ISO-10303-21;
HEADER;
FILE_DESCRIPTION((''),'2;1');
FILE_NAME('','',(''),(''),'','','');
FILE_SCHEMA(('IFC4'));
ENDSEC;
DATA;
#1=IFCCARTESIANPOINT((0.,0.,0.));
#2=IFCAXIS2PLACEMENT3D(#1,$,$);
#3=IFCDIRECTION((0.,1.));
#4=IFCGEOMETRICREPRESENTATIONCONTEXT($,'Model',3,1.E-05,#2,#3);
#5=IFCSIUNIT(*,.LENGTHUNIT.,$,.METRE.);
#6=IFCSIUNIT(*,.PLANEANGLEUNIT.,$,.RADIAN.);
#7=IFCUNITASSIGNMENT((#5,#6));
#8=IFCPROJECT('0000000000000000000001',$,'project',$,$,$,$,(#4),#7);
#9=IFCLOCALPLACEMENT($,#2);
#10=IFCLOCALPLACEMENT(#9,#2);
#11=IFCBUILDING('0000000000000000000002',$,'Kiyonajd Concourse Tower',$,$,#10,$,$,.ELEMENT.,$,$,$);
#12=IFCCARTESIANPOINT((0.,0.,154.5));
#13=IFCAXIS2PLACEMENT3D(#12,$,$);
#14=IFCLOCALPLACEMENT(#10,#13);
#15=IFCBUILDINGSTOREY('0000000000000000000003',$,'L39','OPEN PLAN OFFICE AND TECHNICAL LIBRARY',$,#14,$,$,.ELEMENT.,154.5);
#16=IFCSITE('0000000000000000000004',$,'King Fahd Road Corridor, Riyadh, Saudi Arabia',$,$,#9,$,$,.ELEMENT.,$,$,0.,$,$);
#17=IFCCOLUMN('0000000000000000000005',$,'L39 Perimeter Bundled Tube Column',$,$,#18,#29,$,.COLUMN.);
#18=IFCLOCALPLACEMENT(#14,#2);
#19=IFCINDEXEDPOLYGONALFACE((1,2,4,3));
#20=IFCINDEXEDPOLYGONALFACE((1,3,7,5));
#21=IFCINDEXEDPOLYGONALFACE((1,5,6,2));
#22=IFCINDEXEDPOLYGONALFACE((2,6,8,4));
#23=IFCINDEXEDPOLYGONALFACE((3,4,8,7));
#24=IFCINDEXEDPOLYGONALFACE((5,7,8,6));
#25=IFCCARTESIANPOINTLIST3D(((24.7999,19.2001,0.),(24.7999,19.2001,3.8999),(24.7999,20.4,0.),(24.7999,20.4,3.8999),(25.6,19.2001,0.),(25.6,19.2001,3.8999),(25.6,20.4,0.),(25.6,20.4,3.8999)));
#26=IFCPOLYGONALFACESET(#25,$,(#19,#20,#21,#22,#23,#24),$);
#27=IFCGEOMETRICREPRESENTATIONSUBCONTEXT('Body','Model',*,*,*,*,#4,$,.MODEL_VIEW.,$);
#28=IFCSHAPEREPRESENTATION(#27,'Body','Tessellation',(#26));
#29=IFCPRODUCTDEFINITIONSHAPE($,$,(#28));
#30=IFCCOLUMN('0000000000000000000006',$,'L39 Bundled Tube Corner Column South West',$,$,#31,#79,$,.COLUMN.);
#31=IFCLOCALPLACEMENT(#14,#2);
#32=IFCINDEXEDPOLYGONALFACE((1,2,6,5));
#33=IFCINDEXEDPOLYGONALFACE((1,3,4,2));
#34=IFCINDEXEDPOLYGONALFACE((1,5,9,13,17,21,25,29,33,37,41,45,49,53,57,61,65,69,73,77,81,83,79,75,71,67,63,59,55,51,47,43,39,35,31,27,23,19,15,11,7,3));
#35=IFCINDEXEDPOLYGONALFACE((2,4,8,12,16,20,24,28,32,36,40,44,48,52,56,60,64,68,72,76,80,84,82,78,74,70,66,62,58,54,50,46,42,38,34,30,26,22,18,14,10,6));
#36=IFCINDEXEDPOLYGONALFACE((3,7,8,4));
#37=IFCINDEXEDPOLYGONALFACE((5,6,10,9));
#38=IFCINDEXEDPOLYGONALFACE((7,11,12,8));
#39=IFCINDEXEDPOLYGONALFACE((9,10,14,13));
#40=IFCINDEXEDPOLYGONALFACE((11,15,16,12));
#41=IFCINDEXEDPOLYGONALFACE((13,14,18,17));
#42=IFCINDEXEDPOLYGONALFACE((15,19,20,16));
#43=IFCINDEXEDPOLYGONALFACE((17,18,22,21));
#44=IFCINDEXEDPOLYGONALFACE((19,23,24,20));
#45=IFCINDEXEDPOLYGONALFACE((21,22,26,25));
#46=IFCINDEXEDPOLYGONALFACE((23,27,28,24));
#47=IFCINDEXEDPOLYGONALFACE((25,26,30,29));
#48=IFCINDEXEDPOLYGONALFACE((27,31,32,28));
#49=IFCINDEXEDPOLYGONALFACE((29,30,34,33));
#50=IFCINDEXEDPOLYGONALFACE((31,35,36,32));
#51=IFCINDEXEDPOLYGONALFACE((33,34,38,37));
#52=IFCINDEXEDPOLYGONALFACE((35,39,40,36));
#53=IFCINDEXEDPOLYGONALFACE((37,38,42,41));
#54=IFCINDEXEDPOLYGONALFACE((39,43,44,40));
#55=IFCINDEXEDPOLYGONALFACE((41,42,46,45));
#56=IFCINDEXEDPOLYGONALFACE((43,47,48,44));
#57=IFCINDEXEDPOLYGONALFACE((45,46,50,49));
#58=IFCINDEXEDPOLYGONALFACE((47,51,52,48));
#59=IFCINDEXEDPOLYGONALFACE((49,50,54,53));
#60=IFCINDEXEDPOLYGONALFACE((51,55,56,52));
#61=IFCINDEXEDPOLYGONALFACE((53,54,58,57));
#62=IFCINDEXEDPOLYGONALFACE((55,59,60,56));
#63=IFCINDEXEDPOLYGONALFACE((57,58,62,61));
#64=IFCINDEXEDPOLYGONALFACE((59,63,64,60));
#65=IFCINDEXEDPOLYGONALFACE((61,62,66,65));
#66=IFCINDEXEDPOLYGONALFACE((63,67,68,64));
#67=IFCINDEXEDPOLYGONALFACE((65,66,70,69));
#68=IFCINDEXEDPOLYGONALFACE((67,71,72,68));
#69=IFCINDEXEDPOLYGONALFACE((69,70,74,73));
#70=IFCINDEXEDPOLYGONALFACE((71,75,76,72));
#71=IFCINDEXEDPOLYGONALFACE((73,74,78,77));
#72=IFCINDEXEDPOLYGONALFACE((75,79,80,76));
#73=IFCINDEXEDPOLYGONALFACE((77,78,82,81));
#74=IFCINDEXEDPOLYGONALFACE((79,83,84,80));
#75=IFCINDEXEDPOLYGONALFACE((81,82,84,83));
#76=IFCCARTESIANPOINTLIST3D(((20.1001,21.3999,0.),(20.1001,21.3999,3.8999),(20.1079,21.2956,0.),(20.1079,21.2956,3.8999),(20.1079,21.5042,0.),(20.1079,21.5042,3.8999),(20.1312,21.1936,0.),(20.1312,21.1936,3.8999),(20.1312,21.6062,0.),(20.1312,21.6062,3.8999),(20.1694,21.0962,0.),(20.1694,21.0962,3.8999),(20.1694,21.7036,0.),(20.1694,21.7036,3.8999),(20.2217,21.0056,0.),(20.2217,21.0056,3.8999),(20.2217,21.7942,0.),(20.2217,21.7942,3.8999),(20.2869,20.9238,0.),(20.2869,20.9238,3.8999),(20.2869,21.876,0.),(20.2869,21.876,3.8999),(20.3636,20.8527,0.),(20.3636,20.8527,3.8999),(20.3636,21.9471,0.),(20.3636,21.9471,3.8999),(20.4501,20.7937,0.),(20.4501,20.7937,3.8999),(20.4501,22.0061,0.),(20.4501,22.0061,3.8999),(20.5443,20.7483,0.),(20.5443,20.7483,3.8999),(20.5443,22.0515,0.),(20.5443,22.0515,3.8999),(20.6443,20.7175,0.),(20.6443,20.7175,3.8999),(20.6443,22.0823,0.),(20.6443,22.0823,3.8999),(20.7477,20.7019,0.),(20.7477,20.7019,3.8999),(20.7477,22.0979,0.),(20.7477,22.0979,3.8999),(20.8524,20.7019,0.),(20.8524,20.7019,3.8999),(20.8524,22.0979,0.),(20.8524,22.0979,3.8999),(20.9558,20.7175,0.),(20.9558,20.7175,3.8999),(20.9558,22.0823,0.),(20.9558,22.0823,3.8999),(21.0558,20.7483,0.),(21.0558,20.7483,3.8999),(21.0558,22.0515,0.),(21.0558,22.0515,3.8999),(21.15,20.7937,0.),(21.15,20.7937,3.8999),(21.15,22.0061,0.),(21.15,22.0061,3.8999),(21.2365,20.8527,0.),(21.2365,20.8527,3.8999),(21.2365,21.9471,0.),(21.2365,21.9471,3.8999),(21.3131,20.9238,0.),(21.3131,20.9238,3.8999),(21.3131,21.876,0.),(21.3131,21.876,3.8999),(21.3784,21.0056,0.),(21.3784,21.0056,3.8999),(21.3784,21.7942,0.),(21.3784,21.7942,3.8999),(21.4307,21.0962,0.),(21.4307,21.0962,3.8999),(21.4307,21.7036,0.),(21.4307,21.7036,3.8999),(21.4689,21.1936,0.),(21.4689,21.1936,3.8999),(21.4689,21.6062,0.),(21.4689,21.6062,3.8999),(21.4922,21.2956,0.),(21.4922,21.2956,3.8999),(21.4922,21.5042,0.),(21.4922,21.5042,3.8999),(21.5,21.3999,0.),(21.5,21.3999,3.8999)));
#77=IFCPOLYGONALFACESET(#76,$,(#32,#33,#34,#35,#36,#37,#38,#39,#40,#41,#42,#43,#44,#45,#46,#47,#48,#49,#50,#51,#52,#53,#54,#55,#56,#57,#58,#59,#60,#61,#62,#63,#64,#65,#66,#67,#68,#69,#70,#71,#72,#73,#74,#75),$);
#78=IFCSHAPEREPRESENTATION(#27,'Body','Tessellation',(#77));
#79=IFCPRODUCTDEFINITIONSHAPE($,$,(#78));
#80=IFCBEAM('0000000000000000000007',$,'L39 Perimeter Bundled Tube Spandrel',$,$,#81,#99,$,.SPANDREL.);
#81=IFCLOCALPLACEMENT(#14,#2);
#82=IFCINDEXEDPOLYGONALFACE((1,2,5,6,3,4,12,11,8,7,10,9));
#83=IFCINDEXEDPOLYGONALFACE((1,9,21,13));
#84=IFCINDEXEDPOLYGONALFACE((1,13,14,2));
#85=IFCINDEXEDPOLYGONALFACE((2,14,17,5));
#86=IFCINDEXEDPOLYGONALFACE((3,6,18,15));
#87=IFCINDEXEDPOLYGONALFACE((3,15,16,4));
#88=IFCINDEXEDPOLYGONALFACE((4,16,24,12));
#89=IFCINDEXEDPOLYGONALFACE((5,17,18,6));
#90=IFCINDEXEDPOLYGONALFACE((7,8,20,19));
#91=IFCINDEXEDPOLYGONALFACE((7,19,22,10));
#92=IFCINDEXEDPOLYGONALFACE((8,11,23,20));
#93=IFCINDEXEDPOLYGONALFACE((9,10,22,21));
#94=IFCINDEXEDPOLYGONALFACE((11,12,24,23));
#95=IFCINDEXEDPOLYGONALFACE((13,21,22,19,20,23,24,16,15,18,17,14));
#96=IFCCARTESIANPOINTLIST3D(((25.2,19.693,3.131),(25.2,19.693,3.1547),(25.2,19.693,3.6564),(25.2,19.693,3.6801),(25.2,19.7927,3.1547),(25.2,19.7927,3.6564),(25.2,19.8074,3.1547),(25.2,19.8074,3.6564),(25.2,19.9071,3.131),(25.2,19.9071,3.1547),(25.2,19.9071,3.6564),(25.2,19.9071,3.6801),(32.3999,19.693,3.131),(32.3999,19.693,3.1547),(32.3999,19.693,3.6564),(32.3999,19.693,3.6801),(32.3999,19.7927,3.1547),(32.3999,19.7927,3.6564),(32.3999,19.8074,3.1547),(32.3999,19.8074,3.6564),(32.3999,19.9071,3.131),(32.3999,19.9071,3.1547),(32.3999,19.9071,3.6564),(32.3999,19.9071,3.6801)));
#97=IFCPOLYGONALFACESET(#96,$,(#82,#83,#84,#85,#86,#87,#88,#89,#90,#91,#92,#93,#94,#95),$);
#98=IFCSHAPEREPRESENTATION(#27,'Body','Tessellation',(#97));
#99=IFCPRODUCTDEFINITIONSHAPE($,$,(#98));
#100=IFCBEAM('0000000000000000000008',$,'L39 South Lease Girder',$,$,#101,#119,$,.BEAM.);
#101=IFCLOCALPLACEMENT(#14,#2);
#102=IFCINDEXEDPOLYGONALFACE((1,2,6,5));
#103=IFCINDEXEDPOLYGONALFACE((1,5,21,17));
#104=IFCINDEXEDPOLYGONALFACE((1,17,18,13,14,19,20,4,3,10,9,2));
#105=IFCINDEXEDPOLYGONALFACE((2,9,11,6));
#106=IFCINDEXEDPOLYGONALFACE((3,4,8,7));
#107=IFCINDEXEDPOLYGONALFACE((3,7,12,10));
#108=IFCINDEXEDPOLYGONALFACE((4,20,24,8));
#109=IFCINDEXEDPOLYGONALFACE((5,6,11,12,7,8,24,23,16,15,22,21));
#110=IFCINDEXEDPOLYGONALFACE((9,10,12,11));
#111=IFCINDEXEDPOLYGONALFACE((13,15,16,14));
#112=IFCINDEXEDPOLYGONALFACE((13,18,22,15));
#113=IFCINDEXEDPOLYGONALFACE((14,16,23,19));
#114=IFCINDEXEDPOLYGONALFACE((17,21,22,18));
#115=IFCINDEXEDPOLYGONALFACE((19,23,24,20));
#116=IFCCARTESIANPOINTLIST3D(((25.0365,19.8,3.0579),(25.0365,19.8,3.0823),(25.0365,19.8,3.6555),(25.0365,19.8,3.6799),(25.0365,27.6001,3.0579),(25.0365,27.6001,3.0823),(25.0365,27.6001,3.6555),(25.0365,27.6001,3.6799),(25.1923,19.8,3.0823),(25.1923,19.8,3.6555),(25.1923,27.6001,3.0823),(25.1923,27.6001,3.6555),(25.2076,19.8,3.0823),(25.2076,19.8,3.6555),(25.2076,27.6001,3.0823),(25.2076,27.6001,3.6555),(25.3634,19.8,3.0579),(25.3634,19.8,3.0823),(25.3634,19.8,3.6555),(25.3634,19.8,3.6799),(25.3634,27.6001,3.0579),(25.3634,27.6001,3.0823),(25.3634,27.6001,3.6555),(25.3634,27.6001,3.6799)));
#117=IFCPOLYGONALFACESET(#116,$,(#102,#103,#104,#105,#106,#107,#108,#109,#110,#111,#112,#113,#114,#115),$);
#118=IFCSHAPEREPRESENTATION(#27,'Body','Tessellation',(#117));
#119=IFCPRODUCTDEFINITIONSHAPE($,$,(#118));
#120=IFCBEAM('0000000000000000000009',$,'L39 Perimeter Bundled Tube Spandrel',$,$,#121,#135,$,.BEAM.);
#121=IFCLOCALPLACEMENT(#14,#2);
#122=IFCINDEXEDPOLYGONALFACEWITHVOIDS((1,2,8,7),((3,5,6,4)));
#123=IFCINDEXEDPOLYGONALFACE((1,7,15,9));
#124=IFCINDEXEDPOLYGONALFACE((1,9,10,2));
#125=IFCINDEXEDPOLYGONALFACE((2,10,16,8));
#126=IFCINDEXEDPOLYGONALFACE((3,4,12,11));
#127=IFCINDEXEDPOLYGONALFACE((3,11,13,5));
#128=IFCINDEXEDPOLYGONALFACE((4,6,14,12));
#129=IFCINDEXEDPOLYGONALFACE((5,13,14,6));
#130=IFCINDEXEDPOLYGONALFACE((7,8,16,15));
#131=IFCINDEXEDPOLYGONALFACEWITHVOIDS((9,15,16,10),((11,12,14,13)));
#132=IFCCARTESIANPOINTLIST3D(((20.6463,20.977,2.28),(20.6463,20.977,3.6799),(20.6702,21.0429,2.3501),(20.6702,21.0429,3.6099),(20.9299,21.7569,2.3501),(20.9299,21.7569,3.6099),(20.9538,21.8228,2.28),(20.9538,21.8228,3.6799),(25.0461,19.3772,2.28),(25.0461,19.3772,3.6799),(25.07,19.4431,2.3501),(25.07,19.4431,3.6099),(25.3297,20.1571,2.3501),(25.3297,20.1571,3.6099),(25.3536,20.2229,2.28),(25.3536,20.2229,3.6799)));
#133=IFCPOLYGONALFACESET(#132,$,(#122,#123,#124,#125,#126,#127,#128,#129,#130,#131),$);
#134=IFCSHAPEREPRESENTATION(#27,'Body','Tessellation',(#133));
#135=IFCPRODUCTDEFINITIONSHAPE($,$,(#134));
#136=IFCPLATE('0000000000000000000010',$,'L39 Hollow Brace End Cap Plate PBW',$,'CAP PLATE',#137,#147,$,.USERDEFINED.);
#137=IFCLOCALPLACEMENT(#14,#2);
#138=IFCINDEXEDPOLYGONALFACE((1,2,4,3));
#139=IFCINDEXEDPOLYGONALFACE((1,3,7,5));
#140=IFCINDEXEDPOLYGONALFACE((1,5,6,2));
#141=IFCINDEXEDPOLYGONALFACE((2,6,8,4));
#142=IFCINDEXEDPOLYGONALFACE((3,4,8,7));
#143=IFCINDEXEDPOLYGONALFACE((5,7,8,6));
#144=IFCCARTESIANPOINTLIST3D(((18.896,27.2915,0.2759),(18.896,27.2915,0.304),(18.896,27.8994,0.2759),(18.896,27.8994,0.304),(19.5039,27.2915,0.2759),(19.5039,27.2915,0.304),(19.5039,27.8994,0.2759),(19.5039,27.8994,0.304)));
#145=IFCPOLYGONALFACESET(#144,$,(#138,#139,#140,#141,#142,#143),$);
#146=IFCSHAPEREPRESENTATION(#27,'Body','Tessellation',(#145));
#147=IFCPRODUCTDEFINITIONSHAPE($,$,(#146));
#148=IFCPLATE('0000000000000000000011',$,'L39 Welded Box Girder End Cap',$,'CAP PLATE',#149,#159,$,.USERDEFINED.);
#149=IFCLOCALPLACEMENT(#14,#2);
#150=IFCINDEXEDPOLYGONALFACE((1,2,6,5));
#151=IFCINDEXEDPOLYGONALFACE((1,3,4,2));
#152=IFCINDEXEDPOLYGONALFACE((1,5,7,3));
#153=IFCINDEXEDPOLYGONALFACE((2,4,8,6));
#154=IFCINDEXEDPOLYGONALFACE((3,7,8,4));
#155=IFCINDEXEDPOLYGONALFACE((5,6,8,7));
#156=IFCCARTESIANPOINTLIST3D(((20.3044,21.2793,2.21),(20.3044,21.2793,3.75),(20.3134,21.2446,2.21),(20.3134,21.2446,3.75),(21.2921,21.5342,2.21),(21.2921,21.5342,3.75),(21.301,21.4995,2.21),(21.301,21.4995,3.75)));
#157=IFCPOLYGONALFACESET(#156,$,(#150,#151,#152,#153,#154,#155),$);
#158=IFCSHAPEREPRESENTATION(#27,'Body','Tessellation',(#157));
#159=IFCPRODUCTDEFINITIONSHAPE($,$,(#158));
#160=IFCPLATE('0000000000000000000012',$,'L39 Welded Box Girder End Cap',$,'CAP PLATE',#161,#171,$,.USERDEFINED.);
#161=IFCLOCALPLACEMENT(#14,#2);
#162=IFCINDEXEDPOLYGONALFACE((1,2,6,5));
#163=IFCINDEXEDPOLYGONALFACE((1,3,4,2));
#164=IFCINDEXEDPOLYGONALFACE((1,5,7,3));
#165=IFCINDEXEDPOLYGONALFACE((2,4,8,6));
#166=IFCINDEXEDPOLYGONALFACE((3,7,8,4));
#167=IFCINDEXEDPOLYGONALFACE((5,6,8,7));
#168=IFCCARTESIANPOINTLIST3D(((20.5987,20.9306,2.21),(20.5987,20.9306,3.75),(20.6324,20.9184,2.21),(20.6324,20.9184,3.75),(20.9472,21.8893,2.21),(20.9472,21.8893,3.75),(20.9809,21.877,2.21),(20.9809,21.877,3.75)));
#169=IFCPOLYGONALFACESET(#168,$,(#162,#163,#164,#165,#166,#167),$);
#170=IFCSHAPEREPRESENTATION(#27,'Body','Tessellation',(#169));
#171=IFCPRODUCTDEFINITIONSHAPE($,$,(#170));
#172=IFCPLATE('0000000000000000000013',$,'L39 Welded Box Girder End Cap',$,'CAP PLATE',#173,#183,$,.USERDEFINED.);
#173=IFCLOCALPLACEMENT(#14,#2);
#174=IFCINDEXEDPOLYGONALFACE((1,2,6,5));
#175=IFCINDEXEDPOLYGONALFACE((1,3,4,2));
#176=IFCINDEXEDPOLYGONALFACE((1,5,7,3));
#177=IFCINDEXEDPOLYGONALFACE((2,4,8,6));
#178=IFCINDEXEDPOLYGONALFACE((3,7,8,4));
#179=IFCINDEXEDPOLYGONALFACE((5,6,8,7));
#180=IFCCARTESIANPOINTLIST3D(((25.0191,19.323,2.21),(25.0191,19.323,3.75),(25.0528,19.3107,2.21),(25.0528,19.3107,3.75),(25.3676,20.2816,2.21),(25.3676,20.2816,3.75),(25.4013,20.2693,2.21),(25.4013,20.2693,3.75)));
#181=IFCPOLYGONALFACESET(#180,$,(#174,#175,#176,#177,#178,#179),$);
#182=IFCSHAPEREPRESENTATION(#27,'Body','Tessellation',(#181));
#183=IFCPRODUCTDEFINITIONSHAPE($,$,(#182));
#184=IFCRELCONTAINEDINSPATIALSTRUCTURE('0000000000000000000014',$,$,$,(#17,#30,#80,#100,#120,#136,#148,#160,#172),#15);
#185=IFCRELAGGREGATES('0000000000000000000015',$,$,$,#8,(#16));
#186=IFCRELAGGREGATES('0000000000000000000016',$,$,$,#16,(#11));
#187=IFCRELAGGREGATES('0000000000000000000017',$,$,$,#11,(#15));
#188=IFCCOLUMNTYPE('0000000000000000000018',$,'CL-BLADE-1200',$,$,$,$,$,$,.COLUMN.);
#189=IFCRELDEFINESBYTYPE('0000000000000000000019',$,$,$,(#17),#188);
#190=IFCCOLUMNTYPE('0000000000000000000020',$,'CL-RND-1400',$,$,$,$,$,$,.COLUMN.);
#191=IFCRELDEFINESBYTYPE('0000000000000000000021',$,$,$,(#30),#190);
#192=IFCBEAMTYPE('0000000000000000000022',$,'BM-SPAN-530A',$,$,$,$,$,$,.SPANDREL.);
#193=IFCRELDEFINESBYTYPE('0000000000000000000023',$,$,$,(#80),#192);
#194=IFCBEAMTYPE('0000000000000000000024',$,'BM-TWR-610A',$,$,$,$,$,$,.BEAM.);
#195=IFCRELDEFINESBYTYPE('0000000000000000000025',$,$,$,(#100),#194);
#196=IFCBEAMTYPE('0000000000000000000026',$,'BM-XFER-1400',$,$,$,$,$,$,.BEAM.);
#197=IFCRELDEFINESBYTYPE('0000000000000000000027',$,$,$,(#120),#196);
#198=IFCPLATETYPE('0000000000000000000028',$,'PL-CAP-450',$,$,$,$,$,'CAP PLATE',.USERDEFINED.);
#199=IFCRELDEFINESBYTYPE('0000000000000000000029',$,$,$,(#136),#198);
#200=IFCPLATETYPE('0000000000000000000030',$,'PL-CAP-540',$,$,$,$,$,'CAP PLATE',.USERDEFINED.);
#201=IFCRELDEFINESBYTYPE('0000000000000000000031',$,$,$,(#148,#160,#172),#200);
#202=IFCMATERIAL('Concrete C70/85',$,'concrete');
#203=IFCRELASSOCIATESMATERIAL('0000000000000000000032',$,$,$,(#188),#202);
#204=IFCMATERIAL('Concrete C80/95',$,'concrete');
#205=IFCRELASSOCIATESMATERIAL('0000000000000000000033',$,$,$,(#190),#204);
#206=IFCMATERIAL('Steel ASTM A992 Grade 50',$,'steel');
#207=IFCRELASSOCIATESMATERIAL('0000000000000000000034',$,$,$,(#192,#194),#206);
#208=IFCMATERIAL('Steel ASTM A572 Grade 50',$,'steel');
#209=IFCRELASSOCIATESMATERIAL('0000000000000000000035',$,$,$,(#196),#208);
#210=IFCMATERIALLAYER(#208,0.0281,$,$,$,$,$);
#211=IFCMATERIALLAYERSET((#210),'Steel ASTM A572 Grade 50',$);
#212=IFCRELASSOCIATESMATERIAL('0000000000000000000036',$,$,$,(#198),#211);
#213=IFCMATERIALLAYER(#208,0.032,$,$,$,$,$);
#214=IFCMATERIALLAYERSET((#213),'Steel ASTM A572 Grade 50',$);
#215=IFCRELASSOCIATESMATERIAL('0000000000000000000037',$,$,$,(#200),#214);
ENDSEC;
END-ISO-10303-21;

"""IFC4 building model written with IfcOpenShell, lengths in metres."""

from ifc_helpers import new_model, si_unit, direction, frame, origin, origin_2d, place, context, subcontext, project, spatial, rectangle, hollow_rectangle, circle, i_section, extrude, material, layer, layer_set, material_profile, profile_set, type_object, element, save


model = new_model("IFC4")

# Units and contexts
model_context = context("Model", 3, precision=1e-05, world=origin(), true_north=direction((0.0, 1.0)))
body_context = subcontext(model_context, "Body", "Model", "MODEL_VIEW")
ifc_project = project(units=[si_unit("LENGTHUNIT", "METRE"), si_unit("PLANEANGLEUNIT", "RADIAN")], contexts=[model_context])

# Site, building, storey
site_placement = place(None, origin())
site = spatial("IfcSite", under=ifc_project, at=site_placement, Name="King Fahd Road Corridor, Riyadh, Saudi Arabia", CompositionType="ELEMENT", RefElevation=0.0)
building_placement = place(site_placement, origin())
building = spatial("IfcBuilding", under=site, at=building_placement, Name="Kiyonajd Concourse Tower", CompositionType="ELEMENT")
storey_placement = place(building_placement, frame((0.0, 0.0, 154.5)))
storey = spatial("IfcBuildingStorey", under=building, at=storey_placement, Name="L39", Description="OPEN PLAN OFFICE AND TECHNICAL LIBRARY", CompositionType="ELEMENT", Elevation=154.5)

# Columns
ifc_material_1 = material(Name="Concrete C70/85", Category="concrete")
ifc_material_profile_1 = material_profile(ifc_material_1, rectangle(XDim=0.8, YDim=1.2, at=origin_2d()), Name="RC-1200x800")
ifc_profile_set_1 = profile_set([ifc_material_profile_1], Name="Concrete C70/85")
column_type_1 = type_object("IfcColumnType", Name="CL-BLADE-1200", PredefinedType="COLUMN", material=ifc_profile_set_1)
column_1_placement = place(storey_placement, frame((25.2, 19.8, 0.0), z_axis=(0.0, 0.0, 1.0), x_axis=(1.0, 0.0, 0.0)))
element("IfcColumn", 1, at=column_1_placement, inside=storey, type_object=column_type_1, Name="L39 Perimeter Bundled Tube Column", PredefinedType="COLUMN", context=body_context, shape_type="SweptSolid", body=[
    extrude(rectangle(XDim=0.8, YDim=1.2, at=origin_2d()), origin(), (0.0, 0.0, 1.0), 3.8999),
])
ifc_material_2 = material(Name="Concrete C80/95", Category="concrete")
ifc_material_profile_2 = material_profile(ifc_material_2, circle(Radius=0.7, at=origin_2d()), Name="RCC-D1400")
ifc_profile_set_2 = profile_set([ifc_material_profile_2], Name="Concrete C80/95")
column_type_2 = type_object("IfcColumnType", Name="CL-RND-1400", PredefinedType="COLUMN", material=ifc_profile_set_2)
column_2_placement = place(storey_placement, frame((20.8, 21.3999, 0.0), z_axis=(0.0, 0.0, 1.0), x_axis=(1.0, 0.0, 0.0)))
element("IfcColumn", 2, at=column_2_placement, inside=storey, type_object=column_type_2, Name="L39 Bundled Tube Corner Column South West", PredefinedType="COLUMN", context=body_context, shape_type="SweptSolid", body=[
    extrude(circle(Radius=0.7, at=origin_2d()), origin(), (0.0, 0.0, 1.0), 3.8999),
])

# Beams
ifc_material_3 = material(Name="Steel ASTM A992 Grade 50", Category="steel")
ifc_material_profile_3 = material_profile(ifc_material_3, i_section(OverallWidth=0.2141, OverallDepth=0.5491, WebThickness=0.0146, FlangeThickness=0.0237, at=origin_2d()), Name="W530X138")
ifc_profile_set_3 = profile_set([ifc_material_profile_3], Name="Steel ASTM A992 Grade 50")
beam_type_1 = type_object("IfcBeamType", Name="BM-SPAN-530A", PredefinedType="SPANDREL", material=ifc_profile_set_3)
beam_1_placement = place(storey_placement, frame((25.2, 19.8, 3.4055), z_axis=(1.0, 0.0, 0.0), x_axis=(0.0, 1.0, 0.0)))
element("IfcBeam", 3, at=beam_1_placement, inside=storey, type_object=beam_type_1, Name="L39 Perimeter Bundled Tube Spandrel", PredefinedType="SPANDREL", context=body_context, shape_type="SweptSolid", body=[
    extrude(i_section(OverallWidth=0.2141, OverallDepth=0.5491, WebThickness=0.0146, FlangeThickness=0.0237, at=origin_2d()), origin(), (0.0, 0.0, 1.0), 7.2),
])
ifc_material_profile_4 = material_profile(ifc_material_3, i_section(OverallWidth=0.3269, OverallDepth=0.6221, WebThickness=0.0154, FlangeThickness=0.0244, at=origin_2d()), Name="W610X195")
ifc_profile_set_4 = profile_set([ifc_material_profile_4], Name="Steel ASTM A992 Grade 50")
beam_type_2 = type_object("IfcBeamType", Name="BM-TWR-610A", PredefinedType="BEAM", material=ifc_profile_set_4)
beam_2_placement = place(storey_placement, frame((25.2, 19.8, 3.3689), z_axis=(0.0, 1.0, 0.0), x_axis=(-1.0, 0.0, 0.0)))
element("IfcBeam", 4, at=beam_2_placement, inside=storey, type_object=beam_type_2, Name="L39 South Lease Girder", PredefinedType="BEAM", context=body_context, shape_type="SweptSolid", body=[
    extrude(i_section(OverallWidth=0.3269, OverallDepth=0.6221, WebThickness=0.0154, FlangeThickness=0.0244, at=origin_2d()), origin(), (0.0, 0.0, 1.0), 7.8),
])
ifc_material_4 = material(Name="Steel ASTM A572 Grade 50", Category="steel")
ifc_material_profile_5 = material_profile(ifc_material_4, hollow_rectangle(XDim=0.8999, YDim=1.3999, WallThickness=0.0701, at=origin_2d()), Name="BOX-1400x900x70")
ifc_profile_set_5 = profile_set([ifc_material_profile_5], Name="Steel ASTM A572 Grade 50")
beam_type_3 = type_object("IfcBeamType", Name="BM-XFER-1400", PredefinedType="BEAM", material=ifc_profile_set_5)
beam_3_placement = place(storey_placement, frame((20.8, 21.3999, 2.98), z_axis=(0.939801, -0.341722, 0.0), x_axis=(0.341722, 0.939801, 0.0)))
element("IfcBeam", 5, at=beam_3_placement, inside=storey, type_object=beam_type_3, Name="L39 Perimeter Bundled Tube Spandrel", PredefinedType="BEAM", context=body_context, shape_type="SweptSolid", body=[
    extrude(hollow_rectangle(XDim=0.8999, YDim=1.3999, WallThickness=0.0701, at=origin_2d()), origin(), (0.0, 0.0, 1.0), 4.6816),
])

# Plates
ifc_layer_1 = layer(ifc_material_4, 0.0281)
ifc_layer_set_1 = layer_set([ifc_layer_1], Name="Steel ASTM A572 Grade 50")
plate_type_1 = type_object("IfcPlateType", Name="PL-CAP-450", ElementType="CAP PLATE", PredefinedType="USERDEFINED", material=ifc_layer_set_1)
plate_placement = place(storey_placement, frame((19.2, 27.5955, 0.2759), z_axis=(0.0, 0.0, 1.0), x_axis=(1.0, 0.0, 0.0)))
element("IfcPlate", 6, at=plate_placement, inside=storey, type_object=plate_type_1, Name="L39 Hollow Brace End Cap Plate PBW", ObjectType="CAP PLATE", PredefinedType="USERDEFINED", context=body_context, shape_type="SweptSolid", body=[
    extrude(rectangle(XDim=0.6079, YDim=0.6079, at=origin_2d()), origin(), (0.0, 0.0, 1.0), 0.0281),
])
ifc_layer_2 = layer(ifc_material_4, 0.032)
ifc_layer_set_2 = layer_set([ifc_layer_2], Name="Steel ASTM A572 Grade 50")
plate_type_2 = type_object("IfcPlateType", Name="PL-CAP-540", ElementType="CAP PLATE", PredefinedType="USERDEFINED", material=ifc_layer_set_2)
for number, where, z_axis, x_axis, name in (
    (7, (20.8027, 21.3894, 2.21), (0.0, 0.0, 1.0), (0.249873, -0.968279, 0.0), "L39 Welded Box Girder End Cap"),
    (8, (20.7898, 21.4038, 2.21), (0.0, 0.0, 1.0), (-0.939812, 0.341692, 0.0), "L39 Welded Box Girder End Cap"),
    (9, (25.2102, 19.7961, 2.21), (0.0, 0.0, 1.0), (0.939812, -0.341692, 0.0), "L39 Welded Box Girder End Cap"),
):
    element("IfcPlate", number, at=place(storey_placement, frame(where, z_axis=z_axis, x_axis=x_axis)), inside=storey, type_object=plate_type_2, Name=name, ObjectType="CAP PLATE", PredefinedType="USERDEFINED", context=body_context, shape_type="SweptSolid", body=[
        extrude(rectangle(XDim=0.0359, YDim=1.02, at=origin_2d()), origin(), (0.0, 0.0, 1.0), 1.54),
    ])

save(model, "model.ifc")
